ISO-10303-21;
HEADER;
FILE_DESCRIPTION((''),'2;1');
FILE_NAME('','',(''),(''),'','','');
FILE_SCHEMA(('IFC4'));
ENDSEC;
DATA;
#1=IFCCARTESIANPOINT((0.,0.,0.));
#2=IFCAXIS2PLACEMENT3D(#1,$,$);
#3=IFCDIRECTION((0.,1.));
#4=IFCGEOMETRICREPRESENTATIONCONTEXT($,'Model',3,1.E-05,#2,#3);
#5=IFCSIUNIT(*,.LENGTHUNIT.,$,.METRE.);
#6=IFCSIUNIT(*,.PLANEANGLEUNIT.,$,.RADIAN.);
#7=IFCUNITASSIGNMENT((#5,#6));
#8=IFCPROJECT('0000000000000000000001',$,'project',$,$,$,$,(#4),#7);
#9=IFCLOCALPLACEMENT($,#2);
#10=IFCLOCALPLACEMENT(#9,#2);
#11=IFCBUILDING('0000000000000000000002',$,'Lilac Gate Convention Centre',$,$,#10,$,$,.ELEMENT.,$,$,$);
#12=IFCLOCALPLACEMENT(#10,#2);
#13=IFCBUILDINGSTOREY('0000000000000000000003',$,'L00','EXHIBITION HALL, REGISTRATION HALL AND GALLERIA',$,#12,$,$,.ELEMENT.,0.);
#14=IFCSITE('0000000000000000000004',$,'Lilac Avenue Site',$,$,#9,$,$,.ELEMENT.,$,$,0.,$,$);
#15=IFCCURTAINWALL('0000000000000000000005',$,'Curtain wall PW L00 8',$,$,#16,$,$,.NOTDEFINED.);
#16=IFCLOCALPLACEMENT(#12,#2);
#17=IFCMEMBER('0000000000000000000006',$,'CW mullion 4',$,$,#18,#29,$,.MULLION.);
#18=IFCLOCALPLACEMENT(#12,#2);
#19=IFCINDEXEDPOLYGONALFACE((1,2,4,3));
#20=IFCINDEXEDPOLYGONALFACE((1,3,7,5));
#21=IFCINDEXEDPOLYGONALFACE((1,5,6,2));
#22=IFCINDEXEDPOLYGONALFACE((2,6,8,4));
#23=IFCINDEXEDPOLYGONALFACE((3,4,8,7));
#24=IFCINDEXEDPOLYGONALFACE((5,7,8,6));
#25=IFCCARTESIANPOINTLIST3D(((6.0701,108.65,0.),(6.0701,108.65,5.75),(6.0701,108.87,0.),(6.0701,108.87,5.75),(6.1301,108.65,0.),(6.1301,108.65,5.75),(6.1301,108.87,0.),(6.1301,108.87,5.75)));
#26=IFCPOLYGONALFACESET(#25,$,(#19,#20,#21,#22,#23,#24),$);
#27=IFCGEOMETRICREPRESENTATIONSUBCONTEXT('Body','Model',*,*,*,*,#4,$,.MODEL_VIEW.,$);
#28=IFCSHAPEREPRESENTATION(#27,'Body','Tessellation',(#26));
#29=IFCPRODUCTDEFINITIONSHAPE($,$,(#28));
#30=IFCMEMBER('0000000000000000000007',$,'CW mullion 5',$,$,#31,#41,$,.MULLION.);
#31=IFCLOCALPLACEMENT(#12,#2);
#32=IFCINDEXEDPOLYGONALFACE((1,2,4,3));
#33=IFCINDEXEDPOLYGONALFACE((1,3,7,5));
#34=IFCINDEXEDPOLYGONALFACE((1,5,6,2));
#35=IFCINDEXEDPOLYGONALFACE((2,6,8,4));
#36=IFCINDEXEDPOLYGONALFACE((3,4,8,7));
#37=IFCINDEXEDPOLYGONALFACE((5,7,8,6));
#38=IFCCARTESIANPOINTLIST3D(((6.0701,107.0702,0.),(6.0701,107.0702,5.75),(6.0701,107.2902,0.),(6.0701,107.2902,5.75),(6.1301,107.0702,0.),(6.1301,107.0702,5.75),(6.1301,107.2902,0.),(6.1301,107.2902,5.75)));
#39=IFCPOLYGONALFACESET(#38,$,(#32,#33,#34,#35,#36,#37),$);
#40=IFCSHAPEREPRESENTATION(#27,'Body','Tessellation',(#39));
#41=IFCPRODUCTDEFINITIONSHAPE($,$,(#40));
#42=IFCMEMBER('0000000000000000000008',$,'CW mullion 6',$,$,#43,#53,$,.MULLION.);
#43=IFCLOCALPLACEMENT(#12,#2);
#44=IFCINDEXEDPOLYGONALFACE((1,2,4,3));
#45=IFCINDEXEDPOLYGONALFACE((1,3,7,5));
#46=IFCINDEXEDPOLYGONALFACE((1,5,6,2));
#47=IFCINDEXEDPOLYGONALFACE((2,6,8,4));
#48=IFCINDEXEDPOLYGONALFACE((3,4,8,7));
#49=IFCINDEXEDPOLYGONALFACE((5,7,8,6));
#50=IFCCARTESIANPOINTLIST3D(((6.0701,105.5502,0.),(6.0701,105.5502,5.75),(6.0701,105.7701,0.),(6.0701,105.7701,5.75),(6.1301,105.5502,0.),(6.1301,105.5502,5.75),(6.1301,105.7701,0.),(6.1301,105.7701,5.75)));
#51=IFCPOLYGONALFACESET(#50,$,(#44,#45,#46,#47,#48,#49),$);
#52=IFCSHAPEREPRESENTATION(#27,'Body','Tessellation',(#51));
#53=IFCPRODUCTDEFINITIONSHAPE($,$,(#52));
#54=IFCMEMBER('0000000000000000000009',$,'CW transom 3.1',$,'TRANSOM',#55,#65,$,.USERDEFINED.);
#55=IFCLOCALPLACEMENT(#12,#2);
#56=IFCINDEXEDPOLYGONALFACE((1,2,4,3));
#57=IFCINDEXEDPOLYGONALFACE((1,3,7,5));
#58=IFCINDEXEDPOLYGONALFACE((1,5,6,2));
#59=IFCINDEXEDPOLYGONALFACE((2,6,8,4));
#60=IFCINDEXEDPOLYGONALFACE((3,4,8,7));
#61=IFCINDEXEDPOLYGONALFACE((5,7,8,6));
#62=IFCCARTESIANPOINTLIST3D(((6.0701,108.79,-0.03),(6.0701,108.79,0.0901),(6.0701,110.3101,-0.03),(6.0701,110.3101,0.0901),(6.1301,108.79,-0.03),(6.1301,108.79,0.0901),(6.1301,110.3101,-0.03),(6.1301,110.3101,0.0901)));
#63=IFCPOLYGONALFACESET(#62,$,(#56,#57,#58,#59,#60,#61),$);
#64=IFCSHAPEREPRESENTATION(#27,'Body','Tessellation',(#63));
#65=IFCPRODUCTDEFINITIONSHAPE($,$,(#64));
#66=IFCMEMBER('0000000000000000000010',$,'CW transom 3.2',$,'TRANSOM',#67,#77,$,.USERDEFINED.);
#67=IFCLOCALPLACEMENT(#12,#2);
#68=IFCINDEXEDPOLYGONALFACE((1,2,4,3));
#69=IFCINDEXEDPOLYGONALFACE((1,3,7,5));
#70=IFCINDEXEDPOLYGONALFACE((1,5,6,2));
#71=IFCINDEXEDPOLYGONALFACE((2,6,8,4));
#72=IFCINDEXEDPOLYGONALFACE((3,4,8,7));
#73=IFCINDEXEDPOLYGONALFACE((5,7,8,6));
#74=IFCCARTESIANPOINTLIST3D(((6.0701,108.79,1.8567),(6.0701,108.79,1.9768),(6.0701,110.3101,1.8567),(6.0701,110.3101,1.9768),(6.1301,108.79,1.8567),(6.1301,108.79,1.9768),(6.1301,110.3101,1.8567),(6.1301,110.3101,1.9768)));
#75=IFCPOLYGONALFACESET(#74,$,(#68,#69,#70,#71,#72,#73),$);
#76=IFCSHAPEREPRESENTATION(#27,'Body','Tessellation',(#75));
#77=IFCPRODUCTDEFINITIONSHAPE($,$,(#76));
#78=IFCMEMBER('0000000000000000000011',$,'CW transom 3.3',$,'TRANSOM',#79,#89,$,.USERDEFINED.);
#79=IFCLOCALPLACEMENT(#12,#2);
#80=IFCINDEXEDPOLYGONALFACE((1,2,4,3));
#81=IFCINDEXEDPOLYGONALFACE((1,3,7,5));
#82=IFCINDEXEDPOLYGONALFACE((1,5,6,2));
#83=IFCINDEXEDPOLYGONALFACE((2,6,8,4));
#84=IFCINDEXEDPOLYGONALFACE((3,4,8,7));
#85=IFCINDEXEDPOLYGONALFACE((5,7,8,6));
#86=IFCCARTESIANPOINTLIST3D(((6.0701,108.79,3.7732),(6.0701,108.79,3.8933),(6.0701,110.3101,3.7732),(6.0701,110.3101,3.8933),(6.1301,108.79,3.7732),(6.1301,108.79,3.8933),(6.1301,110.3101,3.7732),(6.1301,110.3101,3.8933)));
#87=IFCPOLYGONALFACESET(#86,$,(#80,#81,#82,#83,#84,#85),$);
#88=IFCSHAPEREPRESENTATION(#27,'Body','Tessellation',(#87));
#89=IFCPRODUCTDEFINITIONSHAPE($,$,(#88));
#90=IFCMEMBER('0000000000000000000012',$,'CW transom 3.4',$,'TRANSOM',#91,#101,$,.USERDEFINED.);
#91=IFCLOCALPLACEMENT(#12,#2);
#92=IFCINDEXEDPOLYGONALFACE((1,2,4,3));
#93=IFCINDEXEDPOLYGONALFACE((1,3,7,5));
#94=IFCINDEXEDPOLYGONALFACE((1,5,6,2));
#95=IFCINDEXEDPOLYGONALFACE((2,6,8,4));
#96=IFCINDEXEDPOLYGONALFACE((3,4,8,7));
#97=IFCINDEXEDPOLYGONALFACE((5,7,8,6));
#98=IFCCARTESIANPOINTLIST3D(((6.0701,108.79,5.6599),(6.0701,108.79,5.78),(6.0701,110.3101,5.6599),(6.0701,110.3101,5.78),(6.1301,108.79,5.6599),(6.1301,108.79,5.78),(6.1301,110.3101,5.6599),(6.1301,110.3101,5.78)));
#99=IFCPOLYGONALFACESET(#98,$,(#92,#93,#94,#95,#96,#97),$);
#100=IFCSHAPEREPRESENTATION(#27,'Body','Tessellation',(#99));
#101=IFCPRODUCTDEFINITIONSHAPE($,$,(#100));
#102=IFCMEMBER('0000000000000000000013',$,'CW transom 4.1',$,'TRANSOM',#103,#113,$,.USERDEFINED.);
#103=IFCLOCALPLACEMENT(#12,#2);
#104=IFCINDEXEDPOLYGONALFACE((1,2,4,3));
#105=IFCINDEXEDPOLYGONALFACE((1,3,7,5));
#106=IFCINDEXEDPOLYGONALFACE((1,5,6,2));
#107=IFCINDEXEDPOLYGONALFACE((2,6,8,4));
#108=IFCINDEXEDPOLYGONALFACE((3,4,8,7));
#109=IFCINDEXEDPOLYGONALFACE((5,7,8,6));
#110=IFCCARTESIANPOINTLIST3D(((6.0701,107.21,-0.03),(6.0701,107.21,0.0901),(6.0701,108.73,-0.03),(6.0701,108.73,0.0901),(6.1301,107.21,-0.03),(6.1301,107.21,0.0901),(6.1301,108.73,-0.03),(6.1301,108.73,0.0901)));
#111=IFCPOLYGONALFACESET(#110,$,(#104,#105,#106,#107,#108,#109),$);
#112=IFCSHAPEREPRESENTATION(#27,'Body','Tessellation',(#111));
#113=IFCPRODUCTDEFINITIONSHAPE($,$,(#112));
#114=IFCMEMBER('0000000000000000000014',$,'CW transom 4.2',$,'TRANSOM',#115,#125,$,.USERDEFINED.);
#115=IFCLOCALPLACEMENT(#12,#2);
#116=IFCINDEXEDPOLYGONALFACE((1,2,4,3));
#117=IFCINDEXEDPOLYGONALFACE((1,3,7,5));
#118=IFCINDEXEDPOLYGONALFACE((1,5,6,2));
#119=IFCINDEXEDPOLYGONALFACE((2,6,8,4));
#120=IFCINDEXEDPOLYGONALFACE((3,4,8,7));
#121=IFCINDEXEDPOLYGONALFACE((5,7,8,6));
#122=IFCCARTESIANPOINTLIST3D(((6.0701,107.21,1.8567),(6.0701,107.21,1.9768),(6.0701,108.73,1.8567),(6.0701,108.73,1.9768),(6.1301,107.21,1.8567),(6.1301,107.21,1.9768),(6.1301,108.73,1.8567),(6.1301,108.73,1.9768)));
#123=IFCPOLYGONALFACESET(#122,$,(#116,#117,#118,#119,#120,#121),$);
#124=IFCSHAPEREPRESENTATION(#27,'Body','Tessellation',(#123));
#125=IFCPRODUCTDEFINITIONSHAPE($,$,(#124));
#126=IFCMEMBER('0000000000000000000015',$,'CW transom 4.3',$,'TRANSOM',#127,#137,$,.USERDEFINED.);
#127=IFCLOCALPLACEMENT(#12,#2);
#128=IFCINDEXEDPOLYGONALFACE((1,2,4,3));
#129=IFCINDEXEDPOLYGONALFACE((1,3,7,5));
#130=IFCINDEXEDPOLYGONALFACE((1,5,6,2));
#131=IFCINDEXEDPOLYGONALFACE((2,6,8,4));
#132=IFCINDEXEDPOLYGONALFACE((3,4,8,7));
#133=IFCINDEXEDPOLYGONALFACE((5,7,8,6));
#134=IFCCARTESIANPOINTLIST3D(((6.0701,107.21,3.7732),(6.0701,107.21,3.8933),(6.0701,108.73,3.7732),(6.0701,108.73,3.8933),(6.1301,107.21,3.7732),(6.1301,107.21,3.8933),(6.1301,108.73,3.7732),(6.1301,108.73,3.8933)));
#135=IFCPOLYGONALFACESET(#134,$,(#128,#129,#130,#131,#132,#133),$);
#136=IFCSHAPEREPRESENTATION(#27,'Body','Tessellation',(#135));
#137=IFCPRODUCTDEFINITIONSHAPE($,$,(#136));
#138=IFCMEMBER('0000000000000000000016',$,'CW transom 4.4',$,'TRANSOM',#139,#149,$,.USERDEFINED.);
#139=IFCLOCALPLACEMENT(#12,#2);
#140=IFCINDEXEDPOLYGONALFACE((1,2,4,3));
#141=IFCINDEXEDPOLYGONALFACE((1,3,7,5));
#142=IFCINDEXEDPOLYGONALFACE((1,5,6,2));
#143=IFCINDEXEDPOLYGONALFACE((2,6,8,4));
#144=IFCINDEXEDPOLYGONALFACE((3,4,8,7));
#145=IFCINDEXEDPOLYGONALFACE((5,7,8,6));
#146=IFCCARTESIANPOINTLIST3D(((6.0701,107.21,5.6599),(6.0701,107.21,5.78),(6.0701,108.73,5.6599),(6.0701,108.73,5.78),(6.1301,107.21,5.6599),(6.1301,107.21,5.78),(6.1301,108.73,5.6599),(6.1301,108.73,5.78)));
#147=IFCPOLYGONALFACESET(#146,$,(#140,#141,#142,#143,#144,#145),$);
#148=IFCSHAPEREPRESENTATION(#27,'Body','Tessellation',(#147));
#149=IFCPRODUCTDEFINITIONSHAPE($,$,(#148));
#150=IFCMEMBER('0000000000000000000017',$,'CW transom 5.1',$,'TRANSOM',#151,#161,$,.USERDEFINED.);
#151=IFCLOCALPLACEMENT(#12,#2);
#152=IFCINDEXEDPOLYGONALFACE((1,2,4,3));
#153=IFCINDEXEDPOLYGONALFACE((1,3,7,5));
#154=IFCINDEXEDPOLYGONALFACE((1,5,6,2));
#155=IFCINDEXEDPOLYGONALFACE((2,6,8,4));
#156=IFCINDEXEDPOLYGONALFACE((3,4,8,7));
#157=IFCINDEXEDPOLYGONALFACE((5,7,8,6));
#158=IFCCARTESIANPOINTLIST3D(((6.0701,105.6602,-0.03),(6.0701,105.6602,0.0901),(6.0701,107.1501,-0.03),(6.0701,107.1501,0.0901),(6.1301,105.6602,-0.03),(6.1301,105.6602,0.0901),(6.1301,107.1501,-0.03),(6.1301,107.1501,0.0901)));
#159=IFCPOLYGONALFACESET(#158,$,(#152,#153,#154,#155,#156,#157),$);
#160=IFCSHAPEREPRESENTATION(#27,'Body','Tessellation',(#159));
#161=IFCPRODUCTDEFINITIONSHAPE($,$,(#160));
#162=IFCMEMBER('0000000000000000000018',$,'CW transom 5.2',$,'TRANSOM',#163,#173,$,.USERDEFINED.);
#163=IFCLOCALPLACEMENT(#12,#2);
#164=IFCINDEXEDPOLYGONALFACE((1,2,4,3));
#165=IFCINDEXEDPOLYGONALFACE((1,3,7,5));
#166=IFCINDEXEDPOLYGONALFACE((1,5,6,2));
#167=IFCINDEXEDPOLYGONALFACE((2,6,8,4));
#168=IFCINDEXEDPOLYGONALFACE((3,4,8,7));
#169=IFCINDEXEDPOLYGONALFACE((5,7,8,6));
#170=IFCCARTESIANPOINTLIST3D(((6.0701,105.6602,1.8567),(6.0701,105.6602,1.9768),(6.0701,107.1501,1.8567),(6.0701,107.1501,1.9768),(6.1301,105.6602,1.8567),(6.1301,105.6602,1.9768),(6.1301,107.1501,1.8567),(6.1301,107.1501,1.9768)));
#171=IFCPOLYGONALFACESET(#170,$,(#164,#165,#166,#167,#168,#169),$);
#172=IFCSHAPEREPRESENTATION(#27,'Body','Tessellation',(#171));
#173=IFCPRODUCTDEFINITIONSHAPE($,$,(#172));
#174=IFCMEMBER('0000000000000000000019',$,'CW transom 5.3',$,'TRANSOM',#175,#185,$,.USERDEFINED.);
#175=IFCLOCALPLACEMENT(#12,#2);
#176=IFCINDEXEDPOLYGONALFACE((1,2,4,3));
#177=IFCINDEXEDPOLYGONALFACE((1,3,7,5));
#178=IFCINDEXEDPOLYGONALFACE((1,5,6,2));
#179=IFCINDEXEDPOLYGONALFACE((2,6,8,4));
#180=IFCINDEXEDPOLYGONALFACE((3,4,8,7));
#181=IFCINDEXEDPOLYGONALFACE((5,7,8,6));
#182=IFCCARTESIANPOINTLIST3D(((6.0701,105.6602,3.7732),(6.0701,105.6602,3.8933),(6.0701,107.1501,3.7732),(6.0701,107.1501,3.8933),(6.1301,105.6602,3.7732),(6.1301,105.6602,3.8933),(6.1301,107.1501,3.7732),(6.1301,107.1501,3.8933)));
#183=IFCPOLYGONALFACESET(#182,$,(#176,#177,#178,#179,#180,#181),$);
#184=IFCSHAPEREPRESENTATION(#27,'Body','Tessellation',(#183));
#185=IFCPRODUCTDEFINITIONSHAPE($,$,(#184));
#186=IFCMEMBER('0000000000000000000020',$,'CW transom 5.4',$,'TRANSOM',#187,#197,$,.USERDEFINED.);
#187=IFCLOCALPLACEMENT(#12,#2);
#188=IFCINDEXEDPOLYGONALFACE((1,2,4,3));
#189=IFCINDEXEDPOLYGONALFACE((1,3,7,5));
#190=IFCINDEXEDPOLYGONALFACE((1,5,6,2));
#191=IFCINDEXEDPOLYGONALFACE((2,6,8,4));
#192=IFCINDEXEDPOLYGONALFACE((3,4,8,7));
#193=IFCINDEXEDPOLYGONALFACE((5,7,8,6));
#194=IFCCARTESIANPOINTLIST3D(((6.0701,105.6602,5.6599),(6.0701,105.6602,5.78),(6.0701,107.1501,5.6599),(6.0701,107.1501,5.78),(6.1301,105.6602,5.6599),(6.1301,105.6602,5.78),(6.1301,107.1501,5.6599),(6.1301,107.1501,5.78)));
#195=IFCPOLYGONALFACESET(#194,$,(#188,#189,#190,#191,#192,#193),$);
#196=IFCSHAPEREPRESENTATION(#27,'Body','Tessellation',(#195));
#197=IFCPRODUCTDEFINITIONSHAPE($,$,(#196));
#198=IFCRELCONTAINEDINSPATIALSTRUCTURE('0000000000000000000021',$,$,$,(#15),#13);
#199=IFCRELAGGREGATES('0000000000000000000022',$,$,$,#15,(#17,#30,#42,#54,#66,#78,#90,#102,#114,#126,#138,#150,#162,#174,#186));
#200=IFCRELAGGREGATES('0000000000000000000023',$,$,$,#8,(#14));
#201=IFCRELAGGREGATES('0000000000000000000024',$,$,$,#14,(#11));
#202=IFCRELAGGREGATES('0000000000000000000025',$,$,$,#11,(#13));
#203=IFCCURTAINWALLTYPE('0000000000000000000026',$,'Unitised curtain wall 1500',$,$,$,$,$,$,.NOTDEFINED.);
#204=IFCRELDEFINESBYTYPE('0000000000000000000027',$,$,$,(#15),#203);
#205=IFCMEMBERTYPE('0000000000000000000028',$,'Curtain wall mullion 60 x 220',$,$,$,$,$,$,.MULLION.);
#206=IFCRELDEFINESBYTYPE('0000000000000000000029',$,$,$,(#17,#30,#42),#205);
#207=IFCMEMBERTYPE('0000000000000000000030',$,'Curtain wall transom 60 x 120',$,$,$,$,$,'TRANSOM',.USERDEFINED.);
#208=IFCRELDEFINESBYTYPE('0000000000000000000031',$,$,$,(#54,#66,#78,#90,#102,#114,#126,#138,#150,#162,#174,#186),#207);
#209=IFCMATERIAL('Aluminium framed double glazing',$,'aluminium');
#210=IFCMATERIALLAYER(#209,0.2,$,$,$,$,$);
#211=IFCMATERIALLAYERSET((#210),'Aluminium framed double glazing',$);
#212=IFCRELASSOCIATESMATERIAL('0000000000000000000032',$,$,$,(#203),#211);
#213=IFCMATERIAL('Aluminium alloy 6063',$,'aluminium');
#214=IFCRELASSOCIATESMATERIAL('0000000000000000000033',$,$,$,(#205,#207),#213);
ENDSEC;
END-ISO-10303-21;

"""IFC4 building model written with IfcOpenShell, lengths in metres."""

from ifc_helpers import new_model, si_unit, direction, frame, origin, origin_2d, place, context, subcontext, project, spatial, rectangle, extrude, material, layer, layer_set, material_profile, profile_set, type_object, element, aggregate, save


model = new_model("IFC4")

# Units and contexts
model_context = context("Model", 3, precision=1e-05, world=origin(), true_north=direction((0.0, 1.0)))
body_context = subcontext(model_context, "Body", "Model", "MODEL_VIEW")
ifc_project = project(units=[si_unit("LENGTHUNIT", "METRE"), si_unit("PLANEANGLEUNIT", "RADIAN")], contexts=[model_context])

# Site, building, storey
site_placement = place(None, origin())
site = spatial("IfcSite", under=ifc_project, at=site_placement, Name="Lilac Avenue Site", CompositionType="ELEMENT", RefElevation=0.0)
building_placement = place(site_placement, origin())
building = spatial("IfcBuilding", under=site, at=building_placement, Name="Lilac Gate Convention Centre", CompositionType="ELEMENT")
storey_placement = place(building_placement, origin())
storey = spatial("IfcBuildingStorey", under=building, at=storey_placement, Name="L00", Description="EXHIBITION HALL, REGISTRATION HALL AND GALLERIA", CompositionType="ELEMENT", Elevation=0.0)

# Curtain wall, members
ifc_material_1 = material(Name="Aluminium framed double glazing", Category="aluminium")
ifc_layer_1 = layer(ifc_material_1, 0.2)
ifc_layer_set_1 = layer_set([ifc_layer_1], Name="Aluminium framed double glazing")
curtain_wall_type = type_object("IfcCurtainWallType", Name="Unitised curtain wall 1500", PredefinedType="NOTDEFINED", material=ifc_layer_set_1)
curtain_wall_placement = place(storey_placement, origin())
curtain_wall = element("IfcCurtainWall", 1, at=curtain_wall_placement, inside=storey, type_object=curtain_wall_type, Name="Curtain wall PW L00 8", PredefinedType="NOTDEFINED")
ifc_material_2 = material(Name="Aluminium alloy 6063", Category="aluminium")
ifc_material_profile_1 = material_profile(ifc_material_2, rectangle(XDim=0.0601, YDim=0.22, at=origin_2d()), Name="Curtain wall mullion 60 x 220")
ifc_profile_set_1 = profile_set([ifc_material_profile_1], Name="Aluminium alloy 6063")
member_type_1 = type_object("IfcMemberType", Name="Curtain wall mullion 60 x 220", PredefinedType="MULLION", material=ifc_profile_set_1)
member_1_placement = place(storey_placement, frame((6.1001, 108.76, 0.0), z_axis=(0.0, 0.0, 1.0), x_axis=(1.0, 0.0, 0.0)))
member_1 = element("IfcMember", 2, at=member_1_placement, type_object=member_type_1, Name="CW mullion 4", PredefinedType="MULLION", context=body_context, shape_type="SweptSolid", body=[
    extrude(rectangle(XDim=0.0601, YDim=0.22, at=origin_2d()), origin(), (0.0, 0.0, 1.0), 5.75),
])
member_2_placement = place(storey_placement, frame((6.1001, 107.1802, 0.0), z_axis=(0.0, 0.0, 1.0), x_axis=(1.0, 0.0, 0.0)))
member_2 = element("IfcMember", 3, at=member_2_placement, type_object=member_type_1, Name="CW mullion 5", PredefinedType="MULLION", context=body_context, shape_type="SweptSolid", body=[
    extrude(rectangle(XDim=0.0601, YDim=0.22, at=origin_2d()), origin(), (0.0, 0.0, 1.0), 5.75),
])
member_3_placement = place(storey_placement, frame((6.1001, 105.6602, 0.0), z_axis=(0.0, 0.0, 1.0), x_axis=(1.0, 0.0, 0.0)))
member_3 = element("IfcMember", 4, at=member_3_placement, type_object=member_type_1, Name="CW mullion 6", PredefinedType="MULLION", context=body_context, shape_type="SweptSolid", body=[
    extrude(rectangle(XDim=0.0601, YDim=0.22, at=origin_2d()), origin(), (0.0, 0.0, 1.0), 5.75),
])
ifc_material_profile_2 = material_profile(ifc_material_2, rectangle(XDim=0.0601, YDim=0.1201, at=origin_2d()), Name="Curtain wall transom 60 x 120")
ifc_profile_set_2 = profile_set([ifc_material_profile_2], Name="Aluminium alloy 6063")
member_type_2 = type_object("IfcMemberType", Name="Curtain wall transom 60 x 120", ElementType="TRANSOM", PredefinedType="USERDEFINED", material=ifc_profile_set_2)
member_4_placement = place(storey_placement, frame((6.1001, 110.3101, 0.03), z_axis=(0.0, -1.0, 0.0), x_axis=(1.0, 0.0, 0.0)))
member_4 = element("IfcMember", 5, at=member_4_placement, type_object=member_type_2, Name="CW transom 3.1", ObjectType="TRANSOM", PredefinedType="USERDEFINED", context=body_context, shape_type="SweptSolid", body=[
    extrude(rectangle(XDim=0.0601, YDim=0.1201, at=origin_2d()), origin(), (0.0, 0.0, 1.0), 1.52),
])
member_5_placement = place(storey_placement, frame((6.1001, 110.3101, 1.9167), z_axis=(0.0, -1.0, 0.0), x_axis=(1.0, 0.0, 0.0)))
member_5 = element("IfcMember", 6, at=member_5_placement, type_object=member_type_2, Name="CW transom 3.2", ObjectType="TRANSOM", PredefinedType="USERDEFINED", context=body_context, shape_type="SweptSolid", body=[
    extrude(rectangle(XDim=0.0601, YDim=0.1201, at=origin_2d()), origin(), (0.0, 0.0, 1.0), 1.52),
])
member_6_placement = place(storey_placement, frame((6.1001, 110.3101, 3.8333), z_axis=(0.0, -1.0, 0.0), x_axis=(1.0, 0.0, 0.0)))
member_6 = element("IfcMember", 7, at=member_6_placement, type_object=member_type_2, Name="CW transom 3.3", ObjectType="TRANSOM", PredefinedType="USERDEFINED", context=body_context, shape_type="SweptSolid", body=[
    extrude(rectangle(XDim=0.0601, YDim=0.1201, at=origin_2d()), origin(), (0.0, 0.0, 1.0), 1.52),
])
member_7_placement = place(storey_placement, frame((6.1001, 110.3101, 5.72), z_axis=(0.0, -1.0, 0.0), x_axis=(1.0, 0.0, 0.0)))
member_7 = element("IfcMember", 8, at=member_7_placement, type_object=member_type_2, Name="CW transom 3.4", ObjectType="TRANSOM", PredefinedType="USERDEFINED", context=body_context, shape_type="SweptSolid", body=[
    extrude(rectangle(XDim=0.0601, YDim=0.1201, at=origin_2d()), origin(), (0.0, 0.0, 1.0), 1.52),
])
member_8_placement = place(storey_placement, frame((6.1001, 108.73, 0.03), z_axis=(0.0, -1.0, 0.0), x_axis=(1.0, 0.0, 0.0)))
member_8 = element("IfcMember", 9, at=member_8_placement, type_object=member_type_2, Name="CW transom 4.1", ObjectType="TRANSOM", PredefinedType="USERDEFINED", context=body_context, shape_type="SweptSolid", body=[
    extrude(rectangle(XDim=0.0601, YDim=0.1201, at=origin_2d()), origin(), (0.0, 0.0, 1.0), 1.52),
])
member_9_placement = place(storey_placement, frame((6.1001, 108.73, 1.9167), z_axis=(0.0, -1.0, 0.0), x_axis=(1.0, 0.0, 0.0)))
member_9 = element("IfcMember", 10, at=member_9_placement, type_object=member_type_2, Name="CW transom 4.2", ObjectType="TRANSOM", PredefinedType="USERDEFINED", context=body_context, shape_type="SweptSolid", body=[
    extrude(rectangle(XDim=0.0601, YDim=0.1201, at=origin_2d()), origin(), (0.0, 0.0, 1.0), 1.52),
])
member_10_placement = place(storey_placement, frame((6.1001, 108.73, 3.8333), z_axis=(0.0, -1.0, 0.0), x_axis=(1.0, 0.0, 0.0)))
member_10 = element("IfcMember", 11, at=member_10_placement, type_object=member_type_2, Name="CW transom 4.3", ObjectType="TRANSOM", PredefinedType="USERDEFINED", context=body_context, shape_type="SweptSolid", body=[
    extrude(rectangle(XDim=0.0601, YDim=0.1201, at=origin_2d()), origin(), (0.0, 0.0, 1.0), 1.52),
])
member_11_placement = place(storey_placement, frame((6.1001, 108.73, 5.72), z_axis=(0.0, -1.0, 0.0), x_axis=(1.0, 0.0, 0.0)))
member_11 = element("IfcMember", 12, at=member_11_placement, type_object=member_type_2, Name="CW transom 4.4", ObjectType="TRANSOM", PredefinedType="USERDEFINED", context=body_context, shape_type="SweptSolid", body=[
    extrude(rectangle(XDim=0.0601, YDim=0.1201, at=origin_2d()), origin(), (0.0, 0.0, 1.0), 1.52),
])
member_12_placement = place(storey_placement, frame((6.1001, 107.1501, 0.03), z_axis=(0.0, -1.0, 0.0), x_axis=(1.0, 0.0, 0.0)))
member_12 = element("IfcMember", 13, at=member_12_placement, type_object=member_type_2, Name="CW transom 5.1", ObjectType="TRANSOM", PredefinedType="USERDEFINED", context=body_context, shape_type="SweptSolid", body=[
    extrude(rectangle(XDim=0.0601, YDim=0.1201, at=origin_2d()), origin(), (0.0, 0.0, 1.0), 1.49),
])
member_13_placement = place(storey_placement, frame((6.1001, 107.1501, 1.9167), z_axis=(0.0, -1.0, 0.0), x_axis=(1.0, 0.0, 0.0)))
member_13 = element("IfcMember", 14, at=member_13_placement, type_object=member_type_2, Name="CW transom 5.2", ObjectType="TRANSOM", PredefinedType="USERDEFINED", context=body_context, shape_type="SweptSolid", body=[
    extrude(rectangle(XDim=0.0601, YDim=0.1201, at=origin_2d()), origin(), (0.0, 0.0, 1.0), 1.49),
])
member_14_placement = place(storey_placement, frame((6.1001, 107.1501, 3.8333), z_axis=(0.0, -1.0, 0.0), x_axis=(1.0, 0.0, 0.0)))
member_14 = element("IfcMember", 15, at=member_14_placement, type_object=member_type_2, Name="CW transom 5.3", ObjectType="TRANSOM", PredefinedType="USERDEFINED", context=body_context, shape_type="SweptSolid", body=[
    extrude(rectangle(XDim=0.0601, YDim=0.1201, at=origin_2d()), origin(), (0.0, 0.0, 1.0), 1.49),
])
member_15_placement = place(storey_placement, frame((6.1001, 107.1501, 5.72), z_axis=(0.0, -1.0, 0.0), x_axis=(1.0, 0.0, 0.0)))
member_15 = element("IfcMember", 16, at=member_15_placement, type_object=member_type_2, Name="CW transom 5.4", ObjectType="TRANSOM", PredefinedType="USERDEFINED", context=body_context, shape_type="SweptSolid", body=[
    extrude(rectangle(XDim=0.0601, YDim=0.1201, at=origin_2d()), origin(), (0.0, 0.0, 1.0), 1.49),
])
aggregate(curtain_wall, [member_1, member_2, member_3, member_4, member_5, member_6, member_7, member_8, member_9, member_10, member_11, member_12, member_13, member_14, member_15])

save(model, "model.ifc")
